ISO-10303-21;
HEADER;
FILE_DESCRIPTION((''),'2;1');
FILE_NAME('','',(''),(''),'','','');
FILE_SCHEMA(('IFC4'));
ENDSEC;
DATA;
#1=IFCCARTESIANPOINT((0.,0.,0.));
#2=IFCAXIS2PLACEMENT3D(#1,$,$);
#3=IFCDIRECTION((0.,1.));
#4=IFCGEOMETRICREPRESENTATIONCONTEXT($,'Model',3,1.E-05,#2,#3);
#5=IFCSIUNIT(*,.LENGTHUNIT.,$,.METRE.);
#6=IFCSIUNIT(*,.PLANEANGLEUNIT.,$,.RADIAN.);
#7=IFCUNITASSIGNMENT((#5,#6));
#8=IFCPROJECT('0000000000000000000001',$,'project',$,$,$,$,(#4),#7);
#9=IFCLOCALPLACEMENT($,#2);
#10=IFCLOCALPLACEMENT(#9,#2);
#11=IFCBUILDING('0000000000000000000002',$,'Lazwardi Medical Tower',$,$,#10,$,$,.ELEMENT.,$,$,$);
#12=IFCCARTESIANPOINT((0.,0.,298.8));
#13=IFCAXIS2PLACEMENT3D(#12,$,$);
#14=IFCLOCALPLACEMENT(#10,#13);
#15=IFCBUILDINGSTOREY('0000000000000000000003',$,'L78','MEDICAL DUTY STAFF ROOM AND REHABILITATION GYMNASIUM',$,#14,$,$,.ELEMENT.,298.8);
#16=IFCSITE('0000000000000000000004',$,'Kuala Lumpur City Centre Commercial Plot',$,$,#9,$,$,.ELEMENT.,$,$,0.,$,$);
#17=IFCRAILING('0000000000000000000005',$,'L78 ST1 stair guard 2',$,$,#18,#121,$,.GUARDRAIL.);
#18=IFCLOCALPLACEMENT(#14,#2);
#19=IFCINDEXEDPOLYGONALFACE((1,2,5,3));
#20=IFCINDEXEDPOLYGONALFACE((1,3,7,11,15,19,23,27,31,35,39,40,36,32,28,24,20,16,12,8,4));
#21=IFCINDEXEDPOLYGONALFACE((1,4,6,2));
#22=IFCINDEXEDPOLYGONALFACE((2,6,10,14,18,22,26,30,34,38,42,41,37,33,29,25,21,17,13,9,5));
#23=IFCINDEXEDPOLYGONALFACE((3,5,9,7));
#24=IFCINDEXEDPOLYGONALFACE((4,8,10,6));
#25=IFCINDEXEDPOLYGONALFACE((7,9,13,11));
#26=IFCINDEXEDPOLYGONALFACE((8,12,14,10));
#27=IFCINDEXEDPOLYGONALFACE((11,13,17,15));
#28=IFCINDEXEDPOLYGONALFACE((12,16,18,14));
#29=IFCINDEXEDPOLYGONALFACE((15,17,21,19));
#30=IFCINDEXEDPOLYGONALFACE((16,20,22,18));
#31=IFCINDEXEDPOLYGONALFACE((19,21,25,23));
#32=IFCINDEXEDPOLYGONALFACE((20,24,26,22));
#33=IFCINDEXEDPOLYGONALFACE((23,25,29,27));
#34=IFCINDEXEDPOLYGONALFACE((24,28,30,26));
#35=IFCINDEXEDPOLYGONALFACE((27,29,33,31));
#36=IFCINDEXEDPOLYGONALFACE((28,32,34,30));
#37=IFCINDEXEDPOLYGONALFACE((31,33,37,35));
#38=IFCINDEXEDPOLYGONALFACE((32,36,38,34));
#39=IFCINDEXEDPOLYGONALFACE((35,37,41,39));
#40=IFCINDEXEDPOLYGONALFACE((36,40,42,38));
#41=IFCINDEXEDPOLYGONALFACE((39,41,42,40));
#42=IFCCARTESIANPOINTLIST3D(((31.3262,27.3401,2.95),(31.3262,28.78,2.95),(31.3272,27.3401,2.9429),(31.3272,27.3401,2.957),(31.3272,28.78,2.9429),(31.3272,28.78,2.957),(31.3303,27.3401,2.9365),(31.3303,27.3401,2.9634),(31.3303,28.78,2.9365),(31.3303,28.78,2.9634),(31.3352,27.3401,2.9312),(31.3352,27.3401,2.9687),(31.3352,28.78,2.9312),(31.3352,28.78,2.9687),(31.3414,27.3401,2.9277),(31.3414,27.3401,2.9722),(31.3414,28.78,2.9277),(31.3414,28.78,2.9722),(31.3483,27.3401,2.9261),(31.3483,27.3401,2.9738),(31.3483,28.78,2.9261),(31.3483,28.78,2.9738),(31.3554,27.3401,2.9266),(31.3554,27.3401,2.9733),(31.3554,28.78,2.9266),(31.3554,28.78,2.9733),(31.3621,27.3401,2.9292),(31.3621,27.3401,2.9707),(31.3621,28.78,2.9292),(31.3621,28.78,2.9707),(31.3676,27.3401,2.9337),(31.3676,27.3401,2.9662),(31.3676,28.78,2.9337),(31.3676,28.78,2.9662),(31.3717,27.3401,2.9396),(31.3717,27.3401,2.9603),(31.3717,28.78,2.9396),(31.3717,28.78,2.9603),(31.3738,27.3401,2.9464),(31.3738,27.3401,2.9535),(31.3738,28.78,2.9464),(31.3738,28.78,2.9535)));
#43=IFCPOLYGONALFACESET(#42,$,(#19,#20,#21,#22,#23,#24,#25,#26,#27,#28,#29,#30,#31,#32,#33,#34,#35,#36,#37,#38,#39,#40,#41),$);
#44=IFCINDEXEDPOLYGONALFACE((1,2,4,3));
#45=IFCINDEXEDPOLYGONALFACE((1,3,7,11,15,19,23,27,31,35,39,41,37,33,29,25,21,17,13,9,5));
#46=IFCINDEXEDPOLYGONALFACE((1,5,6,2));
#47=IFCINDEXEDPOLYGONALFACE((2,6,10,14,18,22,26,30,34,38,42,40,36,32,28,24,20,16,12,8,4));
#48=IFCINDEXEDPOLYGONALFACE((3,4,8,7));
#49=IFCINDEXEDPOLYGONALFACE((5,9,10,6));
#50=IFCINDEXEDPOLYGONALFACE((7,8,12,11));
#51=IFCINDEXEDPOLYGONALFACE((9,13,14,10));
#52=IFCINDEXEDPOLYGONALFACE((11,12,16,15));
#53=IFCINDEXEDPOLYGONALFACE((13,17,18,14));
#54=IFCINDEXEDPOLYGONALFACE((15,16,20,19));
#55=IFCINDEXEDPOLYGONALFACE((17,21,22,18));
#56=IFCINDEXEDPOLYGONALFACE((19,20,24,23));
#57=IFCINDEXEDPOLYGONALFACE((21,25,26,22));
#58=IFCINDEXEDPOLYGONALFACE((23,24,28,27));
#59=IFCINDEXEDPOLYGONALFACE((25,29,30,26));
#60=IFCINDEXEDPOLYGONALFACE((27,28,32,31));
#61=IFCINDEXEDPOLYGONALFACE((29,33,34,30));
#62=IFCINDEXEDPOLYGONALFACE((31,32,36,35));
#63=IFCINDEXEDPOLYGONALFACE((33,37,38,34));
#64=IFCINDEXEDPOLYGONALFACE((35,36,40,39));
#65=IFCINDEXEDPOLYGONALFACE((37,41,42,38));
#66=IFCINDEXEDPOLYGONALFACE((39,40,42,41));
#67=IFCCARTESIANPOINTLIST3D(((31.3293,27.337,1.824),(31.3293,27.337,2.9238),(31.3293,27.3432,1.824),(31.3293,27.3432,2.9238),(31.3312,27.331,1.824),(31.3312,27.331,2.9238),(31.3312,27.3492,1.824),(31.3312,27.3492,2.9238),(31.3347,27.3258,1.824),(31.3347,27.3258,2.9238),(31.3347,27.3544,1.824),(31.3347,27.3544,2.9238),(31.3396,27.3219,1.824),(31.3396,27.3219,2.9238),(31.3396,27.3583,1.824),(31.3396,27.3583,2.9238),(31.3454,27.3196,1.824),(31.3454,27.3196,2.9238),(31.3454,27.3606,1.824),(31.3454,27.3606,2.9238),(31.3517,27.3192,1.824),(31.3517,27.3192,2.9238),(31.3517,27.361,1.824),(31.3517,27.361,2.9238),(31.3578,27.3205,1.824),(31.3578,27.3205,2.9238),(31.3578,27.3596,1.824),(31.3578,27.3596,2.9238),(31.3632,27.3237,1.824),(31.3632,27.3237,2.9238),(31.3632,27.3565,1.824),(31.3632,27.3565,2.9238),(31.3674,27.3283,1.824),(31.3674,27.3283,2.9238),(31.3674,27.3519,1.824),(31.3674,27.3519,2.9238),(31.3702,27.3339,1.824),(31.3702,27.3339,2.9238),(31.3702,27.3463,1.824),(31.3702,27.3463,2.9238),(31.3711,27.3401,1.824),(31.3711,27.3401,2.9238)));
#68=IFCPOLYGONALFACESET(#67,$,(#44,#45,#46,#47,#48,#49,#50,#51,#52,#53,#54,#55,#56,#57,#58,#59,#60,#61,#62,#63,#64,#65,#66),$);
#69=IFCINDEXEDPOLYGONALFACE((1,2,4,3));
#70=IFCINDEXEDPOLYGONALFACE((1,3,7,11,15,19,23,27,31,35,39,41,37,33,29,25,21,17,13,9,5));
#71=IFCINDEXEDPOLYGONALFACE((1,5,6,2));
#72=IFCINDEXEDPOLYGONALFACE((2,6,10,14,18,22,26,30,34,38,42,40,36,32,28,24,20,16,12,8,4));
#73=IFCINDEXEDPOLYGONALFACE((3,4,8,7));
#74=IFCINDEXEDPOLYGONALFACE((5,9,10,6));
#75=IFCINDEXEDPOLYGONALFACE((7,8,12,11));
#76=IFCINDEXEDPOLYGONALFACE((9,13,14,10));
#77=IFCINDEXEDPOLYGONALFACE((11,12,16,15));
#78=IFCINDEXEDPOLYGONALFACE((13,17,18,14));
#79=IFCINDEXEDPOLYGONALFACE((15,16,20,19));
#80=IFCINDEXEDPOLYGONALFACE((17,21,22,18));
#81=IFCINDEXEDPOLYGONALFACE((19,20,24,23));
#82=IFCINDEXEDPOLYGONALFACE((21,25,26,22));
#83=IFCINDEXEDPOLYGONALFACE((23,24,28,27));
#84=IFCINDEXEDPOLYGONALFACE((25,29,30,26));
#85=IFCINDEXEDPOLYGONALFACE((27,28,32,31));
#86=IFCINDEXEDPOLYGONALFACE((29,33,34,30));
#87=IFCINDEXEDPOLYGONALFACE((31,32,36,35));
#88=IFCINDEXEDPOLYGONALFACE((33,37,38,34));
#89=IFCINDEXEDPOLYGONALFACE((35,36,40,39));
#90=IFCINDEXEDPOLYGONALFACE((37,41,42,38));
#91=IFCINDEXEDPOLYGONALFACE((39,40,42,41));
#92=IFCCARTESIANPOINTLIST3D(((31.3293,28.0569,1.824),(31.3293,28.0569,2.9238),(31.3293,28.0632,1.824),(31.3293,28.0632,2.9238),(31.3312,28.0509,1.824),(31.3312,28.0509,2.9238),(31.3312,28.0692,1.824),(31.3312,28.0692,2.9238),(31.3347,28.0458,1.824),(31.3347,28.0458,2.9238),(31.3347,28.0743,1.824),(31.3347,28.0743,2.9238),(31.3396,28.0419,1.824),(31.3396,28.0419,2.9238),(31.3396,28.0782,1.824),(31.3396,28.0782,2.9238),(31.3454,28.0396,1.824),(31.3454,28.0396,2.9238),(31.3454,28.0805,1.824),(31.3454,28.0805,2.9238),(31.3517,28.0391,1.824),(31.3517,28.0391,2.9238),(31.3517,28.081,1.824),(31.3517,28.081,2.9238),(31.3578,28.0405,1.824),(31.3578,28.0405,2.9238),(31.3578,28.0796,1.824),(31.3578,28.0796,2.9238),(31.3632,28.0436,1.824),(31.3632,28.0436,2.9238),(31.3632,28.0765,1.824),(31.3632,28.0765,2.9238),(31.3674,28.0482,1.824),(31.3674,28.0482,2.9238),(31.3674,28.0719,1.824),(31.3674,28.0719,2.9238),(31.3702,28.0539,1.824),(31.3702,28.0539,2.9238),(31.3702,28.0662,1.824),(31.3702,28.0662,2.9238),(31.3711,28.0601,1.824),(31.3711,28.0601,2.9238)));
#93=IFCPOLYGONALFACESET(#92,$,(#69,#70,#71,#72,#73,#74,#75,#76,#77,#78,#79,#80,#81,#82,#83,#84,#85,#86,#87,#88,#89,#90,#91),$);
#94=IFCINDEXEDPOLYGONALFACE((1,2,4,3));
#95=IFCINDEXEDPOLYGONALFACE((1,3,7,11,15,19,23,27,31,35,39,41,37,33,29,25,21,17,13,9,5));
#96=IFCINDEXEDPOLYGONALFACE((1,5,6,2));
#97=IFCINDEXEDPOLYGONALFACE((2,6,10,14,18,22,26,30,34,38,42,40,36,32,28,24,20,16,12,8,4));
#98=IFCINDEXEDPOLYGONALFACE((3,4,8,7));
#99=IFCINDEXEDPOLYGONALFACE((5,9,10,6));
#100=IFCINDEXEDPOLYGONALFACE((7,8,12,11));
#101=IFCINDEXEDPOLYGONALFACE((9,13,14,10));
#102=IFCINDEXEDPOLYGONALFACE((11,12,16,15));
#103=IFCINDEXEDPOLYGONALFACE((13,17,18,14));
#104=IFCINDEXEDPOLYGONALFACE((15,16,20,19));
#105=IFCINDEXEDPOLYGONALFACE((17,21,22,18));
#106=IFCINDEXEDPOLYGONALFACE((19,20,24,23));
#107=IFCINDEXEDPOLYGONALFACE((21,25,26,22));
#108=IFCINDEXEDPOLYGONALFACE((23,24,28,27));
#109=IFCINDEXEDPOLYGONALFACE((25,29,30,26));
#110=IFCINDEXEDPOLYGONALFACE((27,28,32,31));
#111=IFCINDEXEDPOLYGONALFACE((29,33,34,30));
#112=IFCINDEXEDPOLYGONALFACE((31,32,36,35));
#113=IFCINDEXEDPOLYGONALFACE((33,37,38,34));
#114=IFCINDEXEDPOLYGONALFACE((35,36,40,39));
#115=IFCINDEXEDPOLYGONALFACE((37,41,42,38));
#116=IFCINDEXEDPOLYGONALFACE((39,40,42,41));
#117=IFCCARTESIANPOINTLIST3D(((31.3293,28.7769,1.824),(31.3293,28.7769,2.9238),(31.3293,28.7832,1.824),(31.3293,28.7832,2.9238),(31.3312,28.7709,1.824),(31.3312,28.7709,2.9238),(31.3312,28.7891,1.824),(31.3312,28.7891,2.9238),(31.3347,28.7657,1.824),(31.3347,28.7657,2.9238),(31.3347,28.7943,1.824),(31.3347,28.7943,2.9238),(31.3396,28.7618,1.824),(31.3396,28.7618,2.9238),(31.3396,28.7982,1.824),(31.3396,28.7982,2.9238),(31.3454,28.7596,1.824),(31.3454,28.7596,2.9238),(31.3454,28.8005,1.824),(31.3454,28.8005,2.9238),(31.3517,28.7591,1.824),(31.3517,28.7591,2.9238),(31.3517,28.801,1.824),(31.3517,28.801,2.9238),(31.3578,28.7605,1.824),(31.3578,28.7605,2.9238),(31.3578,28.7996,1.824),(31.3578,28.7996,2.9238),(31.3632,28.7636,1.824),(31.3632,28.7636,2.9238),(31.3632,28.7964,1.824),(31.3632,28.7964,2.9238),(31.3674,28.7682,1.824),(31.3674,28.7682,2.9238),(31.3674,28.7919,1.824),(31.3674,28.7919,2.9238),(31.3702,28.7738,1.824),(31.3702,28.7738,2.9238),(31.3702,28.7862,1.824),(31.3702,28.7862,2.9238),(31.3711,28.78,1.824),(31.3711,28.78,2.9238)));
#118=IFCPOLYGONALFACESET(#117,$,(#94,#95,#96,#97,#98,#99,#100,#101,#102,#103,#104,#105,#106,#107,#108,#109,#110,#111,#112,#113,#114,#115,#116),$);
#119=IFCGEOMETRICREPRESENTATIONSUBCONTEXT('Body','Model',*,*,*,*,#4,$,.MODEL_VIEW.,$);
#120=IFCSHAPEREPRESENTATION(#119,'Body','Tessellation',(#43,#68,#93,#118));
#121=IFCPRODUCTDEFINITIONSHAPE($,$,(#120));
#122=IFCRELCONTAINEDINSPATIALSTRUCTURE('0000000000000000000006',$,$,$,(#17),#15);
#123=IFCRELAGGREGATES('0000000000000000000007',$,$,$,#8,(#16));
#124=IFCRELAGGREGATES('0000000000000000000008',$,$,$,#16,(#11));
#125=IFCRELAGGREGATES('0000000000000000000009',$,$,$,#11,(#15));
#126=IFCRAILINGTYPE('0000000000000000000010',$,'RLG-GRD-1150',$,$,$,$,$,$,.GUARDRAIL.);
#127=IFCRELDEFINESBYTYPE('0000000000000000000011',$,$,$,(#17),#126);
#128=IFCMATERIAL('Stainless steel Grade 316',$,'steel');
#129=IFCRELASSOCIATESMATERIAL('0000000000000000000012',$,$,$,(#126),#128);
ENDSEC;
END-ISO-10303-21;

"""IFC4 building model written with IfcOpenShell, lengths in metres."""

from ifc_helpers import new_model, si_unit, direction, frame, origin, origin_2d, place, context, subcontext, project, spatial, circle, extrude, material, type_object, element, save


model = new_model("IFC4")

# Units and contexts
model_context = context("Model", 3, precision=1e-05, world=origin(), true_north=direction((0.0, 1.0)))
body_context = subcontext(model_context, "Body", "Model", "MODEL_VIEW")
ifc_project = project(units=[si_unit("LENGTHUNIT", "METRE"), si_unit("PLANEANGLEUNIT", "RADIAN")], contexts=[model_context])

# Site, building, storey
site_placement = place(None, origin())
site = spatial("IfcSite", under=ifc_project, at=site_placement, Name="Kuala Lumpur City Centre Commercial Plot", CompositionType="ELEMENT", RefElevation=0.0)
building_placement = place(site_placement, origin())
building = spatial("IfcBuilding", under=site, at=building_placement, Name="Lazwardi Medical Tower", CompositionType="ELEMENT")
storey_placement = place(building_placement, frame((0.0, 0.0, 298.8)))
storey = spatial("IfcBuildingStorey", under=building, at=storey_placement, Name="L78", Description="MEDICAL DUTY STAFF ROOM AND REHABILITATION GYMNASIUM", CompositionType="ELEMENT", Elevation=298.8)

# Railing
ifc_material_1 = material(Name="Stainless steel Grade 316", Category="steel")
railing_type_1 = type_object("IfcRailingType", Name="RLG-GRD-1150", PredefinedType="GUARDRAIL", material=ifc_material_1)
railing_1_placement = place(storey_placement, frame((31.3501, 27.3401, 1.824)))
element("IfcRailing", 1, at=railing_1_placement, inside=storey, type_object=railing_type_1, Name="L78 ST1 stair guard 2", PredefinedType="GUARDRAIL", context=body_context, shape_type="SweptSolid", body=[
    extrude(circle(Radius=0.0239, at=origin_2d()), frame((0.0, 0.0, 1.126), z_axis=(0.0, 1.0, 0.0), x_axis=(-1.0, 0.0, 0.0)), (0.0, 0.0, 1.0), 1.4399),
    extrude(circle(Radius=0.021, at=origin_2d()), origin(), (0.0, 0.0, 1.0), 1.0999),
    extrude(circle(Radius=0.021, at=origin_2d()), frame((0.0, 0.72, 0.0)), (0.0, 0.0, 1.0), 1.0999),
    extrude(circle(Radius=0.021, at=origin_2d()), frame((0.0, 1.4399, 0.0)), (0.0, 0.0, 1.0), 1.0999),
])

save(model, "model.ifc")
